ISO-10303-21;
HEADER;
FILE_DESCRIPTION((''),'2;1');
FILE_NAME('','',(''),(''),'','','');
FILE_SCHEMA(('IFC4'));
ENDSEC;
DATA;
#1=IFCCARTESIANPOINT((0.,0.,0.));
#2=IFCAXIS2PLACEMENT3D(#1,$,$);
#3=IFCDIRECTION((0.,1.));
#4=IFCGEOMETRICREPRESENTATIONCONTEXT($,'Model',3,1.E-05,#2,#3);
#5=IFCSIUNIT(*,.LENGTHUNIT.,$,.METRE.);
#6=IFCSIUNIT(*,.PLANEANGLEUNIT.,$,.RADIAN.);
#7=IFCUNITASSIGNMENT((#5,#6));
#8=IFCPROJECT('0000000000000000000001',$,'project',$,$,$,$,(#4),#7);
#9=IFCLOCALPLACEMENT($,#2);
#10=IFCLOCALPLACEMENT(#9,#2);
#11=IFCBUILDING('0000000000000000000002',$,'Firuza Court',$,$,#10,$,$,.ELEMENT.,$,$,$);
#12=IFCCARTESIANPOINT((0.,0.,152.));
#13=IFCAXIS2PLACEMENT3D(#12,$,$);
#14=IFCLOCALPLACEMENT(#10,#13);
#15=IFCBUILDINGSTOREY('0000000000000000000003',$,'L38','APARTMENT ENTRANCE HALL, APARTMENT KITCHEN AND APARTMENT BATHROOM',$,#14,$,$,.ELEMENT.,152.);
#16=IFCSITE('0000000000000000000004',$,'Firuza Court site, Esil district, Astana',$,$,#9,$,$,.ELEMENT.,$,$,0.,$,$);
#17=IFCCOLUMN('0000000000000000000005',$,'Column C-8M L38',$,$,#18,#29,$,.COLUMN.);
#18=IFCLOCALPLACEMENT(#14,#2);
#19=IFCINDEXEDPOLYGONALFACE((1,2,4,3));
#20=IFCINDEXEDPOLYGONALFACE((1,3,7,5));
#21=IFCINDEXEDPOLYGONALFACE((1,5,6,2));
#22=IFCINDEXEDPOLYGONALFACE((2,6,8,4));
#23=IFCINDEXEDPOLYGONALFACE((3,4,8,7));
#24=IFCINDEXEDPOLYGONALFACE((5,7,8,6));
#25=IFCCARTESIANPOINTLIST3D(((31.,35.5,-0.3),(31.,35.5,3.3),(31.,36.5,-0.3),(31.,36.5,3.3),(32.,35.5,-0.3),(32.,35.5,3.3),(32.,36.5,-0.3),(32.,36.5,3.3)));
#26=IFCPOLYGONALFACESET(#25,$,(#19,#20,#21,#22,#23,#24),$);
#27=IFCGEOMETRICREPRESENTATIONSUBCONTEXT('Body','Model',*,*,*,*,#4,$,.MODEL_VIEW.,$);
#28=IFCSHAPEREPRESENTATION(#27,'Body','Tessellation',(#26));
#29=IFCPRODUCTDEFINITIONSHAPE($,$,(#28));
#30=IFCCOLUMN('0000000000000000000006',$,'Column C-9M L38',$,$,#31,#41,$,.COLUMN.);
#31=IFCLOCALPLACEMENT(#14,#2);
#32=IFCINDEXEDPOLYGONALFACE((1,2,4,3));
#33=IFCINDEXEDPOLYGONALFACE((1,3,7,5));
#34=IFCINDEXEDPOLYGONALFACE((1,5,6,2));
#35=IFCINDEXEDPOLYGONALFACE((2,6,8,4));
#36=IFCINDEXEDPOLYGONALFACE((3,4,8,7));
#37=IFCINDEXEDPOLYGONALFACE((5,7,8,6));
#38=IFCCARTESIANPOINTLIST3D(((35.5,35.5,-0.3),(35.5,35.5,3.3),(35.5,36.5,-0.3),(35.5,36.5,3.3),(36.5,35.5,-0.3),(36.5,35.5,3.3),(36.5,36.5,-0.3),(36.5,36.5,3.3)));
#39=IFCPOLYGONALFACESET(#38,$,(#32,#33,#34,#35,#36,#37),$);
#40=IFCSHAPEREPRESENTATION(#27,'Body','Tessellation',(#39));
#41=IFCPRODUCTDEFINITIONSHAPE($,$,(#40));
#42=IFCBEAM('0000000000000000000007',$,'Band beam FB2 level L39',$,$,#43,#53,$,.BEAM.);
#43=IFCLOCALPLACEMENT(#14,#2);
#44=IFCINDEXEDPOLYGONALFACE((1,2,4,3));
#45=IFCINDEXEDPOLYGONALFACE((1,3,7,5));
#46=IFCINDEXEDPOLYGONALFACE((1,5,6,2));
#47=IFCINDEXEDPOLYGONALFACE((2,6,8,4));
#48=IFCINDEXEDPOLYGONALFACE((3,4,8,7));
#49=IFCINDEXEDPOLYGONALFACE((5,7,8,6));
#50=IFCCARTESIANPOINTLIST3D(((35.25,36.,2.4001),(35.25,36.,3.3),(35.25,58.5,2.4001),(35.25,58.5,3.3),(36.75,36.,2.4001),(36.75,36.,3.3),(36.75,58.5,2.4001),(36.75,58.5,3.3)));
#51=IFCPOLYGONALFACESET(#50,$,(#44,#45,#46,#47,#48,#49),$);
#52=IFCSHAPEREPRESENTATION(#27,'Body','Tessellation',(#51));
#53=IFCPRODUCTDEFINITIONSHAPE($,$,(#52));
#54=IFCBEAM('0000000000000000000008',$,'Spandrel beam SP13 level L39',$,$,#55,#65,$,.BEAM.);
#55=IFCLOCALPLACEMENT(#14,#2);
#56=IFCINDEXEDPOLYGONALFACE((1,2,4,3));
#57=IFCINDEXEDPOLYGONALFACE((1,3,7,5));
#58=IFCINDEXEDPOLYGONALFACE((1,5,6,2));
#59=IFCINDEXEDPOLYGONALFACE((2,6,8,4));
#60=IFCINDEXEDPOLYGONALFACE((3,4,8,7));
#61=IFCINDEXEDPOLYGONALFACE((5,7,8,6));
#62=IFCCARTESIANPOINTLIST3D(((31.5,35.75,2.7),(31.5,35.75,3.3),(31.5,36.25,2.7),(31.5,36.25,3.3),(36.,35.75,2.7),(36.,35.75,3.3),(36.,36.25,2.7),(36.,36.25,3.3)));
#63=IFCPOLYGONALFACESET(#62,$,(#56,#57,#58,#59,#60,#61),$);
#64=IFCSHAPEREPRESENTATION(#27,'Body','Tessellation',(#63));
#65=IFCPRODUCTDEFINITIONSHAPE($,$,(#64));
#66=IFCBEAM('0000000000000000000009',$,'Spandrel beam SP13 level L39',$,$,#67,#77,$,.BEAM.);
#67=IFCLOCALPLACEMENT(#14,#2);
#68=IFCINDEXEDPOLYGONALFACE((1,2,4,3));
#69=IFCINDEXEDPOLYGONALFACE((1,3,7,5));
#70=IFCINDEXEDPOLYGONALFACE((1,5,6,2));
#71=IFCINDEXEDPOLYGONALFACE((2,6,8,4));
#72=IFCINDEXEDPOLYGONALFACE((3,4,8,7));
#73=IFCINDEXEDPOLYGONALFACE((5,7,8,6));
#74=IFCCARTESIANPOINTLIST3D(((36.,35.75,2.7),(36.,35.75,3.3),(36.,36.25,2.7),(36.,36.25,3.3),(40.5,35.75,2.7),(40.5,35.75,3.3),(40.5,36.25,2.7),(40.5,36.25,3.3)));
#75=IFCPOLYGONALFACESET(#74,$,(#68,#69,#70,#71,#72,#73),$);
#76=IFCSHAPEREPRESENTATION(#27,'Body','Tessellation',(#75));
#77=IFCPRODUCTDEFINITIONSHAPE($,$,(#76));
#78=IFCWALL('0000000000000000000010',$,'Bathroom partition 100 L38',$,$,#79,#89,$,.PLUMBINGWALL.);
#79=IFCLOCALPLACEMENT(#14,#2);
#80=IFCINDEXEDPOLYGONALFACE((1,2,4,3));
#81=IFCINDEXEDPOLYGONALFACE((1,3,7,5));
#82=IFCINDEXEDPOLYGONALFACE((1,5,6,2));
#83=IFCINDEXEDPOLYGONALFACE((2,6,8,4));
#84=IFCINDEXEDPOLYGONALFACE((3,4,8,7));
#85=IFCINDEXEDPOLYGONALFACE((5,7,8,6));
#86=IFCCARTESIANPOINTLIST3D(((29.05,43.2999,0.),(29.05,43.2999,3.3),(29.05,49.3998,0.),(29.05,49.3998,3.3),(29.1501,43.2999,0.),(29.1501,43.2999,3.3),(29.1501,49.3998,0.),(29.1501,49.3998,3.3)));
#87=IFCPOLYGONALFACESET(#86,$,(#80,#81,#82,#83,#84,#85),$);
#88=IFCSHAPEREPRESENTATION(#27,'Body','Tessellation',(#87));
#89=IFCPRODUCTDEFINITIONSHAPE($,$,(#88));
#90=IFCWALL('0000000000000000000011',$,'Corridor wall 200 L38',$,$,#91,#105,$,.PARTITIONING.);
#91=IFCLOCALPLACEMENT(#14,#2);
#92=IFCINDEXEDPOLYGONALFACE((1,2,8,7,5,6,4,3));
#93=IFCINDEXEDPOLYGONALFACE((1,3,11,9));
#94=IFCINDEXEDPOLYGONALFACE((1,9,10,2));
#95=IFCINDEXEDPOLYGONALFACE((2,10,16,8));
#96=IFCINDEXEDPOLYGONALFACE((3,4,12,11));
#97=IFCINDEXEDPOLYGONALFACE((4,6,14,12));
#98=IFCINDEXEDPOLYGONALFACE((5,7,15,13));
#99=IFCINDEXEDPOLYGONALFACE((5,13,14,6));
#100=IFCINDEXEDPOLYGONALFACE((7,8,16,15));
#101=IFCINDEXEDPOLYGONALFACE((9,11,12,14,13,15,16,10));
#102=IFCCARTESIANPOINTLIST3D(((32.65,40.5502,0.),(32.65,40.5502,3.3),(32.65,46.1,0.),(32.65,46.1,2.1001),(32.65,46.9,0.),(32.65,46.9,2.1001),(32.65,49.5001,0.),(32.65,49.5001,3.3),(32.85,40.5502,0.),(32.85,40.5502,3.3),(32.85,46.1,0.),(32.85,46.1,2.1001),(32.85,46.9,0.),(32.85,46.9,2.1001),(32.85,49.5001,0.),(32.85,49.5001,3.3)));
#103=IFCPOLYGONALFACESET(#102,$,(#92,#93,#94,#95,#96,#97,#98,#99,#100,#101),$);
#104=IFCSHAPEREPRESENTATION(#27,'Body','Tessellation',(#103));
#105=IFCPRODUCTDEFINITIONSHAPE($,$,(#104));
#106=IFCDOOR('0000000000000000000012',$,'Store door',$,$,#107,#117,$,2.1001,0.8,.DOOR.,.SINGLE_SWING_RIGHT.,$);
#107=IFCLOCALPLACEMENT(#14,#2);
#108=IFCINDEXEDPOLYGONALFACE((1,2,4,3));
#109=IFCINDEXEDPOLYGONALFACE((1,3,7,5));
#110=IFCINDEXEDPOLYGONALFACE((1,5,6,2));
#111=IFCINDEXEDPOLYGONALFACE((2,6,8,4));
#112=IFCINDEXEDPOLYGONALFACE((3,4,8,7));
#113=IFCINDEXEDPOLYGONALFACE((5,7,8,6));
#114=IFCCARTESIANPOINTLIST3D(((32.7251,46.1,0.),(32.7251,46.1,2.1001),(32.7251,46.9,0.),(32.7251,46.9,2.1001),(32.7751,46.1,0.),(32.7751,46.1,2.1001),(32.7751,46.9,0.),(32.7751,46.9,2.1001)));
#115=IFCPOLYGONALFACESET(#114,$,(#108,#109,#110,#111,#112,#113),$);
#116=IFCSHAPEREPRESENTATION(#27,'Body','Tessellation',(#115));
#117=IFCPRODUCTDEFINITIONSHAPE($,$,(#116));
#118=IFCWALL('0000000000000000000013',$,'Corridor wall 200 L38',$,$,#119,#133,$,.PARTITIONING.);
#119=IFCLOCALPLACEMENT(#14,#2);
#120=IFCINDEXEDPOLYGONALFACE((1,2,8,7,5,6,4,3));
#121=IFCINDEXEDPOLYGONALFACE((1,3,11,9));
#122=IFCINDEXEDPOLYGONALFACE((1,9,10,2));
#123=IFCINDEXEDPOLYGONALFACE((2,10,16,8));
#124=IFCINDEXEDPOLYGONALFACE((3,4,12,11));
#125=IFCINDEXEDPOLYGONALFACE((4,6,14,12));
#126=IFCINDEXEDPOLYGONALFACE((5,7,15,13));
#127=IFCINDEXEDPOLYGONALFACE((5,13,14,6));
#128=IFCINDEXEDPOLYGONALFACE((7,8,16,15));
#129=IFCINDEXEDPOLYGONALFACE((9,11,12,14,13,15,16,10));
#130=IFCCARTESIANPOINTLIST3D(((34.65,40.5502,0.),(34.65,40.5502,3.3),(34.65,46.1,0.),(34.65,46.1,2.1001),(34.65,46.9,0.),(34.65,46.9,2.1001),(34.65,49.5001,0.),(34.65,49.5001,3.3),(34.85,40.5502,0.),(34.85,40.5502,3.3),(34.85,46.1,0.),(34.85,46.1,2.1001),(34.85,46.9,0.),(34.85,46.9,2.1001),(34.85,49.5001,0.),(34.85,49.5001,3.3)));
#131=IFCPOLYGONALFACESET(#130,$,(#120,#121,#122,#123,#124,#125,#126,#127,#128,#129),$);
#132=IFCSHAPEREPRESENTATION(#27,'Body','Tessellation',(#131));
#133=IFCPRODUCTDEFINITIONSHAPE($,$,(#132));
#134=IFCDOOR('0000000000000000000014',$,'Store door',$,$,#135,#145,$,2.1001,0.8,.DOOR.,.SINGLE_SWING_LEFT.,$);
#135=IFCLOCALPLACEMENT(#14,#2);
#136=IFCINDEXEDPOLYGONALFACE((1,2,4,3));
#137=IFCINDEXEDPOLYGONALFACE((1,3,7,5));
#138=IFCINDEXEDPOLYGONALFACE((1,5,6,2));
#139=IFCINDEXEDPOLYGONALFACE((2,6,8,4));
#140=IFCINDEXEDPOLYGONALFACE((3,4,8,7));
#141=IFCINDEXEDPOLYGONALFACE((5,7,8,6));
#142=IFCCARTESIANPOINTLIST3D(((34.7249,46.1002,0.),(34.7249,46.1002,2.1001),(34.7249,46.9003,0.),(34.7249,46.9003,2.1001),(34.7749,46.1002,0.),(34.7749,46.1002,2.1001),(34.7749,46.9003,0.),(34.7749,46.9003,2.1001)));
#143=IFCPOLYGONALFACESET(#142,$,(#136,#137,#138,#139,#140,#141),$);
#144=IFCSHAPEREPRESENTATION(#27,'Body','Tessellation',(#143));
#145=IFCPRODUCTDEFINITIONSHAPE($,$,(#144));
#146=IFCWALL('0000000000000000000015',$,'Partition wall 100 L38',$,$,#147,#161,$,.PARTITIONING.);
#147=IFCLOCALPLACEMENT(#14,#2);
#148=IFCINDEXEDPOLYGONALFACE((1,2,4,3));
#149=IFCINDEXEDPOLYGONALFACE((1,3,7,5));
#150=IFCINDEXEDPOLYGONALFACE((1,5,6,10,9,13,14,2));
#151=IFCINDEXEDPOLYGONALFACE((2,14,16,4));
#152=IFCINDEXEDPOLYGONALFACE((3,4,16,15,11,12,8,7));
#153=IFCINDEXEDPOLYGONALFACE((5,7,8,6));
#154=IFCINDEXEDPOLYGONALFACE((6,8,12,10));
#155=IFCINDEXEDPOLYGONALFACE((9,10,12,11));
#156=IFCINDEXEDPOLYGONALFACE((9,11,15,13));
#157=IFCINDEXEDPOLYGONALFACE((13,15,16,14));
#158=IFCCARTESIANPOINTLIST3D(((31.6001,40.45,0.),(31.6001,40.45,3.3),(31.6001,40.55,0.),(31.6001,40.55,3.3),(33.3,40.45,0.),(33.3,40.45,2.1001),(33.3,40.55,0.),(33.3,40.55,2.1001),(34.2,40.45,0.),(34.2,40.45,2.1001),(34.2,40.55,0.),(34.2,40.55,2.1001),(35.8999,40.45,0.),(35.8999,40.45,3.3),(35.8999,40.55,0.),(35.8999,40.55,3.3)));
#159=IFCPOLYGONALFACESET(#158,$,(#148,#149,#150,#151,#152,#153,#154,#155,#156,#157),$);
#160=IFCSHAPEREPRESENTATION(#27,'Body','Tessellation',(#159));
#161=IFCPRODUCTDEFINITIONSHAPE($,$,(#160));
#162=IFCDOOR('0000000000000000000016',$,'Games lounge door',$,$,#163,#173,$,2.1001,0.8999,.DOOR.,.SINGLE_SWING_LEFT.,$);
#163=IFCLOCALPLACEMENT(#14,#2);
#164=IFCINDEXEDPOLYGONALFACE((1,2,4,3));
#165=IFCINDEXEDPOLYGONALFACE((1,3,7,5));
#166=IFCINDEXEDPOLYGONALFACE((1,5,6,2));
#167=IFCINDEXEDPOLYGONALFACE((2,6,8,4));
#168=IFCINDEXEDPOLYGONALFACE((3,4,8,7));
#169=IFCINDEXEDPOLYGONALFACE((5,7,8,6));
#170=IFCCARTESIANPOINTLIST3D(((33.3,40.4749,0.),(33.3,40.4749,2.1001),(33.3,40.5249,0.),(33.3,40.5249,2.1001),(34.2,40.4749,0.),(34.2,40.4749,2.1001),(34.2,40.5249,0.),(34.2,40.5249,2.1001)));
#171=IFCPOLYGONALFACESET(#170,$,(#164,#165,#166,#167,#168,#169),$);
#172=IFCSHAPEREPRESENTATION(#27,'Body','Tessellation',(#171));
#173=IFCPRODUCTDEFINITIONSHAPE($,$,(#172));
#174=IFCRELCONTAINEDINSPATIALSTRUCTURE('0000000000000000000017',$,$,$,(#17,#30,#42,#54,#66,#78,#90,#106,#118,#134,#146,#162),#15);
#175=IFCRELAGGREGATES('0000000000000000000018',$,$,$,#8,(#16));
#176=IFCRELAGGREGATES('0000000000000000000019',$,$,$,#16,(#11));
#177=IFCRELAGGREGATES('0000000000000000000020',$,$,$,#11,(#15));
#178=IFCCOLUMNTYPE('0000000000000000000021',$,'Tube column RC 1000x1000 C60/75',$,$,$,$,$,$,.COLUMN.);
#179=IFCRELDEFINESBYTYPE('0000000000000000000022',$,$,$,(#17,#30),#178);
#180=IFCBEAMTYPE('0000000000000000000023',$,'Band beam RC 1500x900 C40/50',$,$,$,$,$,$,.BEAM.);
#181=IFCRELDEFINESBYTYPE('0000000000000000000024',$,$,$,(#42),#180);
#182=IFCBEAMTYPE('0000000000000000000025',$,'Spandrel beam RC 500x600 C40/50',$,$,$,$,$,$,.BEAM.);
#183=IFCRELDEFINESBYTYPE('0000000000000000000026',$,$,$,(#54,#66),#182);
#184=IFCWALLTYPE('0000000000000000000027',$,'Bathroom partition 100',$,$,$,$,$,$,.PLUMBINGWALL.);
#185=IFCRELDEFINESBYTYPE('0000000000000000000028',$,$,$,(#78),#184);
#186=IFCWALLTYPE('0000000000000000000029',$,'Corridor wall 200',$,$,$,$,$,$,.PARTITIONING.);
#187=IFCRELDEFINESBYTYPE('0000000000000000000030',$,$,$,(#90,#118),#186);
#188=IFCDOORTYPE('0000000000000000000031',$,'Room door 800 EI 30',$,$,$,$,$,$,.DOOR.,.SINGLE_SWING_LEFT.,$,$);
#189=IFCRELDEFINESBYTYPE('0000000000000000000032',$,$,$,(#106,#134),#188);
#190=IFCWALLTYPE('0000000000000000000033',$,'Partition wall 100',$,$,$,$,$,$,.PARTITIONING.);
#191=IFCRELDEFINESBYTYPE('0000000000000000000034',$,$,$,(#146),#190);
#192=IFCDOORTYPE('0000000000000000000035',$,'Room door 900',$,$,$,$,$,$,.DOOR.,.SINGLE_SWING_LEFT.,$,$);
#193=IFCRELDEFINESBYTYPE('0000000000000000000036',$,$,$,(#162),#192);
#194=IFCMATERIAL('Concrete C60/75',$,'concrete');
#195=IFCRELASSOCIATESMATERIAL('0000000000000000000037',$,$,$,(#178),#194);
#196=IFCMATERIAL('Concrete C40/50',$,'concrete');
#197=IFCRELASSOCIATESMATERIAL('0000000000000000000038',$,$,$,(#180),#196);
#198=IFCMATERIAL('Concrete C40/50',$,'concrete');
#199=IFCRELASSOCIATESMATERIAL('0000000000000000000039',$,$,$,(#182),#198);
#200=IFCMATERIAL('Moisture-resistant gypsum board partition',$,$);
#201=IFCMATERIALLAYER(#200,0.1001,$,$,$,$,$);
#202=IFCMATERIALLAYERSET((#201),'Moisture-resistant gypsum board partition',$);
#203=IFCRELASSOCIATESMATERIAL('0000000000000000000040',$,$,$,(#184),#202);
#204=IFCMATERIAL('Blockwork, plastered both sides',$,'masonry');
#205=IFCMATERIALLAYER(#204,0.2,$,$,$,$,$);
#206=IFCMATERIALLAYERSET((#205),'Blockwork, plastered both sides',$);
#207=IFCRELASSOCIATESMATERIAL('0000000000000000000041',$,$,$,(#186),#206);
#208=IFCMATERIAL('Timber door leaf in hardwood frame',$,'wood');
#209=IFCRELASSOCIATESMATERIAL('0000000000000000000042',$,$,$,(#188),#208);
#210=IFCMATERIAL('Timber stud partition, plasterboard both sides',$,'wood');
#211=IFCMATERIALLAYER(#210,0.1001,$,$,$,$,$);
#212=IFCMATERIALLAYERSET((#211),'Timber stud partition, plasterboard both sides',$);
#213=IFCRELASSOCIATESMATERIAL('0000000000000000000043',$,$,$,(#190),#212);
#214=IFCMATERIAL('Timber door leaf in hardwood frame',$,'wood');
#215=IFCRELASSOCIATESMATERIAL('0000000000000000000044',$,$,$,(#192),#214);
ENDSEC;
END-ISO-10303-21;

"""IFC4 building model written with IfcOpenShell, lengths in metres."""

from ifc_helpers import new_model, si_unit, direction, frame, frame_2d, origin, origin_2d, place, context, subcontext, project, spatial, rectangle, extrude, material, layer, layer_set, material_profile, profile_set, type_object, element, fill, save


model = new_model("IFC4")

# Units and contexts
model_context = context("Model", 3, precision=1e-05, world=origin(), true_north=direction((0.0, 1.0)))
body_context = subcontext(model_context, "Body", "Model", "MODEL_VIEW")
ifc_project = project(units=[si_unit("LENGTHUNIT", "METRE"), si_unit("PLANEANGLEUNIT", "RADIAN")], contexts=[model_context])

# Site, building, storey
site_placement = place(None, origin())
site = spatial("IfcSite", under=ifc_project, at=site_placement, Name="Firuza Court site, Esil district, Astana", CompositionType="ELEMENT", RefElevation=0.0)
building_placement = place(site_placement, origin())
building = spatial("IfcBuilding", under=site, at=building_placement, Name="Firuza Court", CompositionType="ELEMENT")
storey_placement = place(building_placement, frame((0.0, 0.0, 152.0)))
storey = spatial("IfcBuildingStorey", under=building, at=storey_placement, Name="L38", Description="APARTMENT ENTRANCE HALL, APARTMENT KITCHEN AND APARTMENT BATHROOM", CompositionType="ELEMENT", Elevation=152.0)

# Columns
ifc_material_1 = material(Name="Concrete C60/75", Category="concrete")
ifc_material_profile_1 = material_profile(ifc_material_1, rectangle(XDim=1.0, YDim=1.0, at=origin_2d()), Name="RC 1000x1000")
ifc_profile_set_1 = profile_set([ifc_material_profile_1], Name="Concrete C60/75")
column_type = type_object("IfcColumnType", Name="Tube column RC 1000x1000 C60/75", PredefinedType="COLUMN", material=ifc_profile_set_1)
for number, where, z_axis, x_axis, name in (
    (1, (31.5, 36.0, -0.3), (0.0, 0.0, 1.0), (1.0, 0.0, 0.0), "Column C-8M L38"),
    (2, (36.0, 36.0, -0.3), (0.0, 0.0, 1.0), (1.0, 0.0, 0.0), "Column C-9M L38"),
):
    element("IfcColumn", number, at=place(storey_placement, frame(where, z_axis=z_axis, x_axis=x_axis)), inside=storey, type_object=column_type, Name=name, PredefinedType="COLUMN", context=body_context, shape_type="SweptSolid", body=[
        extrude(rectangle(XDim=1.0, YDim=1.0, at=origin_2d()), origin(), (0.0, 0.0, 1.0), 3.6001),
    ])

# Beams
ifc_material_2 = material(Name="Concrete C40/50", Category="concrete")
ifc_material_profile_2 = material_profile(ifc_material_2, rectangle(XDim=1.5, YDim=0.8999, at=origin_2d()), Name="RC 1500x900")
ifc_profile_set_2 = profile_set([ifc_material_profile_2], Name="Concrete C40/50")
beam_type_1 = type_object("IfcBeamType", Name="Band beam RC 1500x900 C40/50", PredefinedType="BEAM", material=ifc_profile_set_2)
beam_placement = place(storey_placement, frame((36.0, 36.0, 2.8501), z_axis=(0.0, 1.0, 0.0), x_axis=(-1.0, 0.0, 0.0)))
element("IfcBeam", 3, at=beam_placement, inside=storey, type_object=beam_type_1, Name="Band beam FB2 level L39", PredefinedType="BEAM", context=body_context, shape_type="SweptSolid", body=[
    extrude(rectangle(XDim=1.5, YDim=0.8999, at=origin_2d()), origin(), (0.0, 0.0, 1.0), 22.5),
])
ifc_material_3 = material(Name="Concrete C40/50", Category="concrete")
ifc_material_profile_3 = material_profile(ifc_material_3, rectangle(XDim=0.5, YDim=0.6001, at=origin_2d()), Name="RC 500x600")
ifc_profile_set_3 = profile_set([ifc_material_profile_3], Name="Concrete C40/50")
beam_type_2 = type_object("IfcBeamType", Name="Spandrel beam RC 500x600 C40/50", PredefinedType="BEAM", material=ifc_profile_set_3)
for number, where, z_axis, x_axis, name in (
    (4, (31.5, 36.0, 3.0), (1.0, 0.0, 0.0), (0.0, 1.0, 0.0), "Spandrel beam SP13 level L39"),
    (5, (36.0, 36.0, 3.0), (1.0, 0.0, 0.0), (0.0, 1.0, 0.0), "Spandrel beam SP13 level L39"),
):
    element("IfcBeam", number, at=place(storey_placement, frame(where, z_axis=z_axis, x_axis=x_axis)), inside=storey, type_object=beam_type_2, Name=name, PredefinedType="BEAM", context=body_context, shape_type="SweptSolid", body=[
        extrude(rectangle(XDim=0.5, YDim=0.6001, at=origin_2d()), origin(), (0.0, 0.0, 1.0), 4.5),
    ])

# Wall
ifc_material_4 = material(Name="Moisture-resistant gypsum board partition")
ifc_layer_1 = layer(ifc_material_4, 0.1001)
ifc_layer_set_1 = layer_set([ifc_layer_1], Name="Moisture-resistant gypsum board partition")
wall_type_1 = type_object("IfcWallType", Name="Bathroom partition 100", PredefinedType="PLUMBINGWALL", material=ifc_layer_set_1)
wall_1_placement = place(storey_placement, frame((29.1001, 43.3, 0.0), z_axis=(0.0, 0.0, 1.0), x_axis=(0.0, 1.0, 0.0)))
element("IfcWall", 6, at=wall_1_placement, inside=storey, type_object=wall_type_1, Name="Bathroom partition 100 L38", PredefinedType="PLUMBINGWALL", context=body_context, shape_type="SweptSolid", body=[
    extrude(rectangle(XDim=6.0999, YDim=0.1001, at=frame_2d((3.0498, 0.0))), origin(), (0.0, 0.0, 1.0), 3.3),
])

# Walls, openings, doors
ifc_material_5 = material(Name="Blockwork, plastered both sides", Category="masonry")
ifc_layer_2 = layer(ifc_material_5, 0.2)
ifc_layer_set_2 = layer_set([ifc_layer_2], Name="Blockwork, plastered both sides")
wall_type_2 = type_object("IfcWallType", Name="Corridor wall 200", PredefinedType="PARTITIONING", material=ifc_layer_set_2)
wall_2_placement = place(storey_placement, frame((32.75, 40.55, 0.0), z_axis=(0.0, 0.0, 1.0), x_axis=(0.0, 1.0, 0.0)))
wall_2 = element("IfcWall", 7, at=wall_2_placement, inside=storey, type_object=wall_type_2, Name="Corridor wall 200 L38", PredefinedType="PARTITIONING", context=body_context, shape_type="SweptSolid", body=[
    extrude(rectangle(XDim=8.95, YDim=0.2, at=frame_2d((4.4751, 0.0))), origin(), (0.0, 0.0, 1.0), 3.3),
])
opening_1_placement = place(wall_2_placement, frame((5.55, 0.0, 0.0)))
opening_1 = element("IfcOpeningElement", 8, at=opening_1_placement, cuts=wall_2, PredefinedType="OPENING", context=body_context, shape_type="SweptSolid", body=[
    extrude(rectangle(XDim=0.8, YDim=2.1001, at=frame_2d((0.3999, 1.05))), frame((0.0, 0.1118, 0.0), z_axis=(0.0, -1.0, 0.0), x_axis=(1.0, 0.0, 0.0)), (0.0, 0.0, 1.0), 0.2239),
])
ifc_material_6 = material(Name="Timber door leaf in hardwood frame", Category="wood")
door_type_1 = type_object("IfcDoorType", Name="Room door 800 EI 30", OperationType="SINGLE_SWING_LEFT", PredefinedType="DOOR", material=ifc_material_6)
door_1_placement = place(opening_1_placement, origin())
door_1 = element("IfcDoor", 9, at=door_1_placement, inside=storey, type_object=door_type_1, Name="Store door", OperationType="SINGLE_SWING_RIGHT", OverallHeight=2.1001, OverallWidth=0.8, PredefinedType="DOOR", context=body_context, shape_type="SweptSolid", body=[
    extrude(rectangle(XDim=0.8, YDim=2.1001, at=frame_2d((0.3999, 1.05))), frame((0.0, 0.0249, 0.0), z_axis=(0.0, -1.0, 0.0), x_axis=(1.0, 0.0, 0.0)), (0.0, 0.0, 1.0), 0.05),
])
fill(opening_1, door_1)
wall_3_placement = place(storey_placement, frame((34.75, 40.55, 0.0), z_axis=(0.0, 0.0, 1.0), x_axis=(0.0, 1.0, 0.0)))
wall_3 = element("IfcWall", 10, at=wall_3_placement, inside=storey, type_object=wall_type_2, Name="Corridor wall 200 L38", PredefinedType="PARTITIONING", context=body_context, shape_type="SweptSolid", body=[
    extrude(rectangle(XDim=8.95, YDim=0.2, at=frame_2d((4.4751, 0.0))), origin(), (0.0, 0.0, 1.0), 3.3),
])
opening_2_placement = place(wall_3_placement, frame((5.55, 0.0, 0.0)))
opening_2 = element("IfcOpeningElement", 11, at=opening_2_placement, cuts=wall_3, PredefinedType="OPENING", context=body_context, shape_type="SweptSolid", body=[
    extrude(rectangle(XDim=0.8, YDim=2.1001, at=frame_2d((0.3999, 1.05))), frame((0.0, 0.1118, 0.0), z_axis=(0.0, -1.0, 0.0), x_axis=(1.0, 0.0, 0.0)), (0.0, 0.0, 1.0), 0.2239),
])
door_2_placement = place(opening_2_placement, frame((0.8, 0.0, 0.0), z_axis=(0.0, 0.0, 1.0), x_axis=(-1.0, 0.0, 0.0)))
door_2 = element("IfcDoor", 12, at=door_2_placement, inside=storey, type_object=door_type_1, Name="Store door", OperationType="SINGLE_SWING_LEFT", OverallHeight=2.1001, OverallWidth=0.8, PredefinedType="DOOR", context=body_context, shape_type="SweptSolid", body=[
    extrude(rectangle(XDim=0.8, YDim=2.1001, at=frame_2d((0.3999, 1.05))), frame((0.0, 0.0249, 0.0), z_axis=(0.0, -1.0, 0.0), x_axis=(1.0, 0.0, 0.0)), (0.0, 0.0, 1.0), 0.05),
])
fill(opening_2, door_2)
ifc_material_7 = material(Name="Timber stud partition, plasterboard both sides", Category="wood")
ifc_layer_3 = layer(ifc_material_7, 0.1001)
ifc_layer_set_3 = layer_set([ifc_layer_3], Name="Timber stud partition, plasterboard both sides")
wall_type_3 = type_object("IfcWallType", Name="Partition wall 100", PredefinedType="PARTITIONING", material=ifc_layer_set_3)
wall_4_placement = place(storey_placement, frame((31.6001, 40.5, 0.0), z_axis=(0.0, 0.0, 1.0), x_axis=(1.0, 0.0, 0.0)))
wall_4 = element("IfcWall", 13, at=wall_4_placement, inside=storey, type_object=wall_type_3, Name="Partition wall 100 L38", PredefinedType="PARTITIONING", context=body_context, shape_type="SweptSolid", body=[
    extrude(rectangle(XDim=4.2998, YDim=0.1001, at=frame_2d((2.1499, 0.0))), origin(), (0.0, 0.0, 1.0), 3.3),
])
opening_3_placement = place(wall_4_placement, frame((1.7, 0.0, 0.0)))
opening_3 = element("IfcOpeningElement", 14, at=opening_3_placement, cuts=wall_4, PredefinedType="OPENING", context=body_context, shape_type="SweptSolid", body=[
    extrude(rectangle(XDim=0.8999, YDim=2.1001, at=frame_2d((0.45, 1.05))), frame((0.0, 0.062, 0.0), z_axis=(0.0, -1.0, 0.0), x_axis=(1.0, 0.0, 0.0)), (0.0, 0.0, 1.0), 0.124),
])
ifc_material_8 = material(Name="Timber door leaf in hardwood frame", Category="wood")
door_type_2 = type_object("IfcDoorType", Name="Room door 900", OperationType="SINGLE_SWING_LEFT", PredefinedType="DOOR", material=ifc_material_8)
door_3_placement = place(opening_3_placement, origin())
door_3 = element("IfcDoor", 15, at=door_3_placement, inside=storey, type_object=door_type_2, Name="Games lounge door", OperationType="SINGLE_SWING_LEFT", OverallHeight=2.1001, OverallWidth=0.8999, PredefinedType="DOOR", context=body_context, shape_type="SweptSolid", body=[
    extrude(rectangle(XDim=0.8999, YDim=2.1001, at=frame_2d((0.45, 1.05))), frame((0.0, 0.0249, 0.0), z_axis=(0.0, -1.0, 0.0), x_axis=(1.0, 0.0, 0.0)), (0.0, 0.0, 1.0), 0.05),
])
fill(opening_3, door_3)

save(model, "model.ifc")
